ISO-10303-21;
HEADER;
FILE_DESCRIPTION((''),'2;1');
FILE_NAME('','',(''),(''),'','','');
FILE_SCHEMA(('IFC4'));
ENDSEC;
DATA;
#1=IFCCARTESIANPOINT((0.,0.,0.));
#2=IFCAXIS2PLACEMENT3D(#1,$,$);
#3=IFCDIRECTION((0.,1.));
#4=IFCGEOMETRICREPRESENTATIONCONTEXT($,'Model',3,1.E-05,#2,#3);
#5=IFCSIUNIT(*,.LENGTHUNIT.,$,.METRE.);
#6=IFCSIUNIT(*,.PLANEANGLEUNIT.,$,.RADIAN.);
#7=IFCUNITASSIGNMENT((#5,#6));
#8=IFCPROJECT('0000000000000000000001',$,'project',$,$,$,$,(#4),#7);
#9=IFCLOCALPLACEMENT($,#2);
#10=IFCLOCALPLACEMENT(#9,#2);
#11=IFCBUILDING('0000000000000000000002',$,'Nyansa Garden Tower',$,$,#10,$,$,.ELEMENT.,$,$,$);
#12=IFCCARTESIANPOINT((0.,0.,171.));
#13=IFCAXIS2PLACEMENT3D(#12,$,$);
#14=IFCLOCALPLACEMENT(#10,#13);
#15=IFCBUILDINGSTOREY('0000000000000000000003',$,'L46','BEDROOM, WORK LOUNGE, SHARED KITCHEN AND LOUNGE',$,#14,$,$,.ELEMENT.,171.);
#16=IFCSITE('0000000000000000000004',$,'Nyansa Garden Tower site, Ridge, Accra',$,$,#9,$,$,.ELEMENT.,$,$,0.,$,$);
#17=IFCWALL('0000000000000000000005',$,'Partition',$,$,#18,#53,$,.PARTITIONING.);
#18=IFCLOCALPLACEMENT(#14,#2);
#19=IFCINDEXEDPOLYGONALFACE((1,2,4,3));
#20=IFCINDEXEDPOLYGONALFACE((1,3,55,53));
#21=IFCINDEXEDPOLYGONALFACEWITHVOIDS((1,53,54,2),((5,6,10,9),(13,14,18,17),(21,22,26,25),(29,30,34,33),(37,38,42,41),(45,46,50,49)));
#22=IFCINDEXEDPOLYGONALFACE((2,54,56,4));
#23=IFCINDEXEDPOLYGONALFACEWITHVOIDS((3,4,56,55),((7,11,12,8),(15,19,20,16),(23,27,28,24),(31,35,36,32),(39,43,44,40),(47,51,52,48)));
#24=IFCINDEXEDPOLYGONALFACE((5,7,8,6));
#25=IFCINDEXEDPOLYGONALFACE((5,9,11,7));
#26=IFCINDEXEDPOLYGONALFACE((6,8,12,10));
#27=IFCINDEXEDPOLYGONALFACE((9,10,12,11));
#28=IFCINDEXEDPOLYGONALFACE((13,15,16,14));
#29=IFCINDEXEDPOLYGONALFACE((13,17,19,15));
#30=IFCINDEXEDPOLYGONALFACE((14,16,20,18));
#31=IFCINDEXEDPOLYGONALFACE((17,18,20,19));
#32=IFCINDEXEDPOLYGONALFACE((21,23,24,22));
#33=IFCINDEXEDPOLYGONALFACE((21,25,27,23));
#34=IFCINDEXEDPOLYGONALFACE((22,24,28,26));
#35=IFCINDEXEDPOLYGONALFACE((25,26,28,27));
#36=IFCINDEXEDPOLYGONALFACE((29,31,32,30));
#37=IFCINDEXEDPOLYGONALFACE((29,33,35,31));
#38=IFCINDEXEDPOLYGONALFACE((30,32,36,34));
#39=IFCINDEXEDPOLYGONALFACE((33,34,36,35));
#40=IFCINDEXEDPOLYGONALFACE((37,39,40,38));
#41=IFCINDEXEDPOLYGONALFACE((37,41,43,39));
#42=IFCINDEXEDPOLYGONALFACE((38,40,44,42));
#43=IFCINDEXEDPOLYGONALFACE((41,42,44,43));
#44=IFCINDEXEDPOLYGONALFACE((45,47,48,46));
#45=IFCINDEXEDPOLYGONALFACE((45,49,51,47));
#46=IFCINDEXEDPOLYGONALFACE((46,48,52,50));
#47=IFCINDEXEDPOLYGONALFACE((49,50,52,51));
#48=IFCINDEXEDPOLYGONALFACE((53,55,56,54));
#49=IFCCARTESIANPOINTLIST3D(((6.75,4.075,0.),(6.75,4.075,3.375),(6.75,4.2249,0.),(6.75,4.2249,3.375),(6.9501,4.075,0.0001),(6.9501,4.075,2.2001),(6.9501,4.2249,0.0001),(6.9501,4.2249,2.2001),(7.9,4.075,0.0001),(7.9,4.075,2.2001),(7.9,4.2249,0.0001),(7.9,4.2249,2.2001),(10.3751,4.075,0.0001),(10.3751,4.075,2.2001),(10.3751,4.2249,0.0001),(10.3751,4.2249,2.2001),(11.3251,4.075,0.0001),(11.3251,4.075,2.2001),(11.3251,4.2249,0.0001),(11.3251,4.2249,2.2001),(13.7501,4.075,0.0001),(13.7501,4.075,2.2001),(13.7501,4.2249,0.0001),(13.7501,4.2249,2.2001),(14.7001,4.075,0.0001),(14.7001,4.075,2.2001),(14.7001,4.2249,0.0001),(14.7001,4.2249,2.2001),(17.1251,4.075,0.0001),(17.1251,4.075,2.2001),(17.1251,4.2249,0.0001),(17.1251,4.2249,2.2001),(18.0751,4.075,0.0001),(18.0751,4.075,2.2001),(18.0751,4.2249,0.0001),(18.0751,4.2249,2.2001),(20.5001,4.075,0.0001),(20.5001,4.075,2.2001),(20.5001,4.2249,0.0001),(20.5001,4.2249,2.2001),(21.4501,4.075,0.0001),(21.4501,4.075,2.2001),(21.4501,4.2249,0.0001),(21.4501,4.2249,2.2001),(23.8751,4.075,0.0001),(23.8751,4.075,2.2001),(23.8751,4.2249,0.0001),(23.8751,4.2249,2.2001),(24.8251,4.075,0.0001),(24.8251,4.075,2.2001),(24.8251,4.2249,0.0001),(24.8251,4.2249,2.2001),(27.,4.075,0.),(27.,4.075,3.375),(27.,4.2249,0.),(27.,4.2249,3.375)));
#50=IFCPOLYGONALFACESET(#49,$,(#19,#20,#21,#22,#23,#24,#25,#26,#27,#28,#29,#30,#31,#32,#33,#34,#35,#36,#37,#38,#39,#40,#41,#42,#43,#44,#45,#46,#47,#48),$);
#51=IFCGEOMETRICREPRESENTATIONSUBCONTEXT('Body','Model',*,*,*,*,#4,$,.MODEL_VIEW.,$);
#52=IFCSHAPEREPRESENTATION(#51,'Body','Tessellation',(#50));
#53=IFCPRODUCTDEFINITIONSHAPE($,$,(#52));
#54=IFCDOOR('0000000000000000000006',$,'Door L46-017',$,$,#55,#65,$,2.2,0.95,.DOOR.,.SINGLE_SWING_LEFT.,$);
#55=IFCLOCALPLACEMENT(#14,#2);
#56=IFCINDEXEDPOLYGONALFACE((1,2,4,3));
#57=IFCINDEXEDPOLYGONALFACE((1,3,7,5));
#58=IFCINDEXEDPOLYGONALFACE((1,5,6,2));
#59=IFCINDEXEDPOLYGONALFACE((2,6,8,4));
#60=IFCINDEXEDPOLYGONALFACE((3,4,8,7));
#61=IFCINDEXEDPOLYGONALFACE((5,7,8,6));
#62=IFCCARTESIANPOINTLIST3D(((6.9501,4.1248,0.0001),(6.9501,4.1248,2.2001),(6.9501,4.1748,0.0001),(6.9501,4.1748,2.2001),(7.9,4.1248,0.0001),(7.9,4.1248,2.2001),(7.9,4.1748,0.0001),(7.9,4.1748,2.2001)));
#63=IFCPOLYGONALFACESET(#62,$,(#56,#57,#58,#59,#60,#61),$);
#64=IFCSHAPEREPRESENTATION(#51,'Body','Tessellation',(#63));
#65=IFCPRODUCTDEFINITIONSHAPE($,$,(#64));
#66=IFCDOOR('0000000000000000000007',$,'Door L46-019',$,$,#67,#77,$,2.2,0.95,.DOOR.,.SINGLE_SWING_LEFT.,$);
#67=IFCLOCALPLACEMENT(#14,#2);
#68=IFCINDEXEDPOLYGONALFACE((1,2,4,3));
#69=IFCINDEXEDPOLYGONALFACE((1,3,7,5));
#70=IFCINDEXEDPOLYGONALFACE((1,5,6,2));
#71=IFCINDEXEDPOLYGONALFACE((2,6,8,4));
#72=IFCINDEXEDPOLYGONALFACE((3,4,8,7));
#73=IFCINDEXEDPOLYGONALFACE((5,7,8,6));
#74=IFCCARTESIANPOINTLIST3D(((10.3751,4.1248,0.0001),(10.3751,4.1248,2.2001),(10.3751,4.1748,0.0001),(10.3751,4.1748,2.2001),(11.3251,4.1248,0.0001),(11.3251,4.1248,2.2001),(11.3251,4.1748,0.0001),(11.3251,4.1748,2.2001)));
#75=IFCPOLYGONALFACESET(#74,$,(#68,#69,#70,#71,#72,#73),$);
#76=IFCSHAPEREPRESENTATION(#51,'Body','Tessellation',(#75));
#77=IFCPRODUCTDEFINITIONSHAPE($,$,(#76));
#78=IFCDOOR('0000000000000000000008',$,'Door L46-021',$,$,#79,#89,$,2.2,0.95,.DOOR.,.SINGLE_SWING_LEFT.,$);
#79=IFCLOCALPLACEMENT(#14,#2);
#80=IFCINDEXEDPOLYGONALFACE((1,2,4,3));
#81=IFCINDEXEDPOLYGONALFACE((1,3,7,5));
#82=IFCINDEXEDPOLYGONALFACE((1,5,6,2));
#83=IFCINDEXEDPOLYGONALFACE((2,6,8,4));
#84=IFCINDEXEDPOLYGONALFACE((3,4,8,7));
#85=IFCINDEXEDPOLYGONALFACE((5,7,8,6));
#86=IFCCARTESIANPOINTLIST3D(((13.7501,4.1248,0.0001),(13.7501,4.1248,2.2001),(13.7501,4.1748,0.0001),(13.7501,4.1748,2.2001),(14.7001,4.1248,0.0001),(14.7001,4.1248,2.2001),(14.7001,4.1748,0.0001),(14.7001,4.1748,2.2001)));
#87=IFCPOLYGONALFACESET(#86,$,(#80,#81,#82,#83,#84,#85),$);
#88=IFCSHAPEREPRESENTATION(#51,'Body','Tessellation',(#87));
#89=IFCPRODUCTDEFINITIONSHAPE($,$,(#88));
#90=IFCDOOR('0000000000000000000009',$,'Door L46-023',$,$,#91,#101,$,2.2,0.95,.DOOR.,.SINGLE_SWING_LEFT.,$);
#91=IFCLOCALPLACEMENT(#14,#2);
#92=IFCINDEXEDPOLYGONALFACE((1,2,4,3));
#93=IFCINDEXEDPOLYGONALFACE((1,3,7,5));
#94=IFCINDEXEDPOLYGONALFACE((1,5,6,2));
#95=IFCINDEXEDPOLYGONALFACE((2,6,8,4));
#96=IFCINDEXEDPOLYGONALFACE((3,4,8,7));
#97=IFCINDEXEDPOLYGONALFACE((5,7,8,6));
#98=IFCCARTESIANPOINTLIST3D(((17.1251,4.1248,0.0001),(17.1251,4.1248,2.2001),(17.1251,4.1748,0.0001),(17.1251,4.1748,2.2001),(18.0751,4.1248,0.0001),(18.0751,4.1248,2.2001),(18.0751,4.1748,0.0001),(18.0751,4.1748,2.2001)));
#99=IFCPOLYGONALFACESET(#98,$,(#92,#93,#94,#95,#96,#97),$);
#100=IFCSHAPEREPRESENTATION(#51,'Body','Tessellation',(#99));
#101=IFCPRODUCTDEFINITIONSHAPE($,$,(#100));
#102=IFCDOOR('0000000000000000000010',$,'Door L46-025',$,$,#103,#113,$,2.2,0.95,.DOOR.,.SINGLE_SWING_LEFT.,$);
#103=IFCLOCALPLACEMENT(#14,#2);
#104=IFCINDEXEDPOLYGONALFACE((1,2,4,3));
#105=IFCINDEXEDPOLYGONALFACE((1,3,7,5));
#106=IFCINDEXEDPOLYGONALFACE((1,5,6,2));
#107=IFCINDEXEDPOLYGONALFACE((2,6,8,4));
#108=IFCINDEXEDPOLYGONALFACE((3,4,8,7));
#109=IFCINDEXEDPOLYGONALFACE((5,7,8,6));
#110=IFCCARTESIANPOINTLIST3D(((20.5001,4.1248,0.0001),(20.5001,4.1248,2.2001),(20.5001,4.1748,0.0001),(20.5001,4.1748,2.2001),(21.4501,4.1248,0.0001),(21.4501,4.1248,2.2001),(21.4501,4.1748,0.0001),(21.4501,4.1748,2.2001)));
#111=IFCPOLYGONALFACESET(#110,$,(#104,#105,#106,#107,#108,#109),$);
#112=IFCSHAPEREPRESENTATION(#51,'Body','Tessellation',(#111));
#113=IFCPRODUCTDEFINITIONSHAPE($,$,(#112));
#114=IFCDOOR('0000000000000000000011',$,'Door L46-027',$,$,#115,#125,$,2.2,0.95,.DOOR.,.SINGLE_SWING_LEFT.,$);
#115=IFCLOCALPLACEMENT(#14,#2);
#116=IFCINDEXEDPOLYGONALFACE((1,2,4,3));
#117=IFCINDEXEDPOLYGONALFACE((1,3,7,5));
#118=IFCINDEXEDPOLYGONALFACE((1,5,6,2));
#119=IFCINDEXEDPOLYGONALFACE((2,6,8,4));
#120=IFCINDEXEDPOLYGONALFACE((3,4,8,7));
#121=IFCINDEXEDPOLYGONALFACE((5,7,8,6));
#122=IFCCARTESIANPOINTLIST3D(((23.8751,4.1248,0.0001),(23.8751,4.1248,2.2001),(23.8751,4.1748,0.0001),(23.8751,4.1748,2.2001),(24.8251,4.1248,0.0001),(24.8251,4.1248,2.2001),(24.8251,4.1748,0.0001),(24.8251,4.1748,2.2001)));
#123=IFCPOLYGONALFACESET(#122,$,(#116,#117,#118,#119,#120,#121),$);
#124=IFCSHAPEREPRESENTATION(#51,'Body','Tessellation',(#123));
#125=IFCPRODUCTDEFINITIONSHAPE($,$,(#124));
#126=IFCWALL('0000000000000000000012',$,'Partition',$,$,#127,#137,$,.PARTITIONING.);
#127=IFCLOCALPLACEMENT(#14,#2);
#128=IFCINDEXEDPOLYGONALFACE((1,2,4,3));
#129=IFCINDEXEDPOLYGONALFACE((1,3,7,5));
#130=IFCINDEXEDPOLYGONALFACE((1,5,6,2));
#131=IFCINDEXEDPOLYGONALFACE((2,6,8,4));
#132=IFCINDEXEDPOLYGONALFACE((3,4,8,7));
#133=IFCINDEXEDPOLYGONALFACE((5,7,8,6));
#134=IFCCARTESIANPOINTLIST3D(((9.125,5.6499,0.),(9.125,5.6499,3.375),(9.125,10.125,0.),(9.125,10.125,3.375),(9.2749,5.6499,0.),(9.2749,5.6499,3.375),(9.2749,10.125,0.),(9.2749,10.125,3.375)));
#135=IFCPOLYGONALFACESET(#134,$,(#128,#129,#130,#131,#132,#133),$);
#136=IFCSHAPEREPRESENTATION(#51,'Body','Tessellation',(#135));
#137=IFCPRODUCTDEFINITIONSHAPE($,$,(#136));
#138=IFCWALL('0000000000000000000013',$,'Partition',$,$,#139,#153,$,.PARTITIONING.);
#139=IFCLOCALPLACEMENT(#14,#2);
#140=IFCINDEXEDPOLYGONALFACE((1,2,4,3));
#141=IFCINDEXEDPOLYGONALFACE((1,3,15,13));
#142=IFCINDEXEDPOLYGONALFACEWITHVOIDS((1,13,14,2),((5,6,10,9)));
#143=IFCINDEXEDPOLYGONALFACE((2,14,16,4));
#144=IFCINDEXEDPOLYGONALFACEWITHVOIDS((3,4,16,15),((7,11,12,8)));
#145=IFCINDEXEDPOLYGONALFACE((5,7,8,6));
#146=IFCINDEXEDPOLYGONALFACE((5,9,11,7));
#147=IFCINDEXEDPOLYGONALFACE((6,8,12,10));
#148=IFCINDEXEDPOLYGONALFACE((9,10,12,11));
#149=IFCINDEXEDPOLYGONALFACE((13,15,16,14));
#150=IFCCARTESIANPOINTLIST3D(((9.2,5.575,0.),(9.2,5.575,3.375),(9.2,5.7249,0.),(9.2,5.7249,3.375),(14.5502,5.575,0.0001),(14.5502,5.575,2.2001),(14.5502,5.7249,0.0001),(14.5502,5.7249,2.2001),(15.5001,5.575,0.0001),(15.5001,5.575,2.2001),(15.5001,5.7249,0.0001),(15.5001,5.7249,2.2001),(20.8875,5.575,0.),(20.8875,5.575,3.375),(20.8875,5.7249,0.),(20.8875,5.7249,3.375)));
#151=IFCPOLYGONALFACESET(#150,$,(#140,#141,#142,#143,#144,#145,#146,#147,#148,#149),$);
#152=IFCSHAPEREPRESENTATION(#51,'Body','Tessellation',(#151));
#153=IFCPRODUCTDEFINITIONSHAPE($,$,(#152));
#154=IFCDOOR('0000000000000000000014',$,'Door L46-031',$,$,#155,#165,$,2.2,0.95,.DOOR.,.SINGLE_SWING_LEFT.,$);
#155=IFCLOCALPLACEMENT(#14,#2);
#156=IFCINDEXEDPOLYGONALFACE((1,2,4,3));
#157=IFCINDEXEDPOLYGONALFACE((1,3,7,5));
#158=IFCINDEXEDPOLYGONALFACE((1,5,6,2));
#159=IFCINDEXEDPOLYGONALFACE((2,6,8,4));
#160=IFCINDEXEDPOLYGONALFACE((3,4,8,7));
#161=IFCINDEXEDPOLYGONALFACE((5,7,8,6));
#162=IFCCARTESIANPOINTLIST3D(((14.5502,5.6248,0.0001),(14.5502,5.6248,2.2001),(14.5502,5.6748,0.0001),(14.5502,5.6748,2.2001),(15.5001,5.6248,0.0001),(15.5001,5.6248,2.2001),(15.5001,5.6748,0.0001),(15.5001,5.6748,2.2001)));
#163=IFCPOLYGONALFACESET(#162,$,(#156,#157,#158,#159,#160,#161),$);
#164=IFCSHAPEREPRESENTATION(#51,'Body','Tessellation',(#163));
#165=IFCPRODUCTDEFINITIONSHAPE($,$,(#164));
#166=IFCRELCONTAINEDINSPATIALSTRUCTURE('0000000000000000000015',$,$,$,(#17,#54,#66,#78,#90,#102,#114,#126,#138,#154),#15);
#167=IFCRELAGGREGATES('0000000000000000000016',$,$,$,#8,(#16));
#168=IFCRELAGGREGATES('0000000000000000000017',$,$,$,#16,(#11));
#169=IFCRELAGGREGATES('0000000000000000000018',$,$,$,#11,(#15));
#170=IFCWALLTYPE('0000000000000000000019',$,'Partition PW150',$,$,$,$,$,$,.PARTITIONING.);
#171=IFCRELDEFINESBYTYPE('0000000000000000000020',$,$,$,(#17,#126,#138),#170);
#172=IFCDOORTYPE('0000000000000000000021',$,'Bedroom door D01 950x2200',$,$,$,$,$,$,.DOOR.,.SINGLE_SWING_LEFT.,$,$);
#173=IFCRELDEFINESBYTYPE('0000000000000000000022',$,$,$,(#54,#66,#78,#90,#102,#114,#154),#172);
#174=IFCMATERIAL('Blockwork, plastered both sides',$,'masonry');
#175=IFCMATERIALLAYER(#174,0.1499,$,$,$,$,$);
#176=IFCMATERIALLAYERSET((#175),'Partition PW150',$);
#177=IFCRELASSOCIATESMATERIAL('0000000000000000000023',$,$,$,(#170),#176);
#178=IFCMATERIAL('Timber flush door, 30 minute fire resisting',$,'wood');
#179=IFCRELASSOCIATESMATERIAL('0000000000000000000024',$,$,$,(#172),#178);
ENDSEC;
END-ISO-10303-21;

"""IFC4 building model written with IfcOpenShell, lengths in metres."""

from ifc_helpers import new_model, si_unit, direction, frame, frame_2d, origin, place, context, subcontext, project, spatial, rectangle, extrude, material, layer, layer_set, type_object, element, fill, save


model = new_model("IFC4")

# Units and contexts
model_context = context("Model", 3, precision=1e-05, world=origin(), true_north=direction((0.0, 1.0)))
body_context = subcontext(model_context, "Body", "Model", "MODEL_VIEW")
ifc_project = project(units=[si_unit("LENGTHUNIT", "METRE"), si_unit("PLANEANGLEUNIT", "RADIAN")], contexts=[model_context])

# Site, building, storey
site_placement = place(None, origin())
site = spatial("IfcSite", under=ifc_project, at=site_placement, Name="Nyansa Garden Tower site, Ridge, Accra", CompositionType="ELEMENT", RefElevation=0.0)
building_placement = place(site_placement, origin())
building = spatial("IfcBuilding", under=site, at=building_placement, Name="Nyansa Garden Tower", CompositionType="ELEMENT")
storey_placement = place(building_placement, frame((0.0, 0.0, 171.0)))
storey = spatial("IfcBuildingStorey", under=building, at=storey_placement, Name="L46", Description="BEDROOM, WORK LOUNGE, SHARED KITCHEN AND LOUNGE", CompositionType="ELEMENT", Elevation=171.0)

# Shared definitions
ifc_material_1 = material(Name="Blockwork, plastered both sides", Category="masonry")
ifc_layer_1 = layer(ifc_material_1, 0.1499)
ifc_layer_set_1 = layer_set([ifc_layer_1], Name="Partition PW150")
wall_type_1 = type_object("IfcWallType", Name="Partition PW150", PredefinedType="PARTITIONING", material=ifc_layer_set_1)

# Wall, openings, doors
wall_1_placement = place(storey_placement, frame((6.75, 4.1499, 0.0), z_axis=(0.0, 0.0, 1.0), x_axis=(1.0, 0.0, 0.0)))
wall_1 = element("IfcWall", 1, at=wall_1_placement, inside=storey, type_object=wall_type_1, Name="Partition", PredefinedType="PARTITIONING", context=body_context, shape_type="SweptSolid", body=[
    extrude(rectangle(XDim=20.25, YDim=0.1499, at=frame_2d((10.125, 0.0))), origin(), (0.0, 0.0, 1.0), 3.375),
])
opening_1_placement = place(wall_1_placement, frame((0.2, 0.0, 0.0)))
opening_1 = element("IfcOpeningElement", 2, at=opening_1_placement, cuts=wall_1, PredefinedType="OPENING", context=body_context, shape_type="SweptSolid", body=[
    extrude(rectangle(XDim=0.95, YDim=2.2, at=frame_2d((0.4751, 1.1001))), frame((0.0, 0.085, 0.0), z_axis=(0.0, -1.0, 0.0), x_axis=(1.0, 0.0, 0.0)), (0.0, 0.0, 1.0), 0.1699),
])
opening_2_placement = place(wall_1_placement, frame((3.625, 0.0, 0.0)))
opening_2 = element("IfcOpeningElement", 3, at=opening_2_placement, cuts=wall_1, PredefinedType="OPENING", context=body_context, shape_type="SweptSolid", body=[
    extrude(rectangle(XDim=0.95, YDim=2.2, at=frame_2d((0.4751, 1.1001))), frame((0.0, 0.085, 0.0), z_axis=(0.0, -1.0, 0.0), x_axis=(1.0, 0.0, 0.0)), (0.0, 0.0, 1.0), 0.1699),
])
opening_3_placement = place(wall_1_placement, frame((7.0, 0.0, 0.0)))
opening_3 = element("IfcOpeningElement", 4, at=opening_3_placement, cuts=wall_1, PredefinedType="OPENING", context=body_context, shape_type="SweptSolid", body=[
    extrude(rectangle(XDim=0.95, YDim=2.2, at=frame_2d((0.4751, 1.1001))), frame((0.0, 0.085, 0.0), z_axis=(0.0, -1.0, 0.0), x_axis=(1.0, 0.0, 0.0)), (0.0, 0.0, 1.0), 0.1699),
])
opening_4_placement = place(wall_1_placement, frame((10.375, 0.0, 0.0)))
opening_4 = element("IfcOpeningElement", 5, at=opening_4_placement, cuts=wall_1, PredefinedType="OPENING", context=body_context, shape_type="SweptSolid", body=[
    extrude(rectangle(XDim=0.95, YDim=2.2, at=frame_2d((0.4751, 1.1001))), frame((0.0, 0.085, 0.0), z_axis=(0.0, -1.0, 0.0), x_axis=(1.0, 0.0, 0.0)), (0.0, 0.0, 1.0), 0.1699),
])
opening_5_placement = place(wall_1_placement, frame((13.75, 0.0, 0.0)))
opening_5 = element("IfcOpeningElement", 6, at=opening_5_placement, cuts=wall_1, PredefinedType="OPENING", context=body_context, shape_type="SweptSolid", body=[
    extrude(rectangle(XDim=0.95, YDim=2.2, at=frame_2d((0.4751, 1.1001))), frame((0.0, 0.085, 0.0), z_axis=(0.0, -1.0, 0.0), x_axis=(1.0, 0.0, 0.0)), (0.0, 0.0, 1.0), 0.1699),
])
opening_6_placement = place(wall_1_placement, frame((17.125, 0.0, 0.0)))
opening_6 = element("IfcOpeningElement", 7, at=opening_6_placement, cuts=wall_1, PredefinedType="OPENING", context=body_context, shape_type="SweptSolid", body=[
    extrude(rectangle(XDim=0.95, YDim=2.2, at=frame_2d((0.4751, 1.1001))), frame((0.0, 0.085, 0.0), z_axis=(0.0, -1.0, 0.0), x_axis=(1.0, 0.0, 0.0)), (0.0, 0.0, 1.0), 0.1699),
])
ifc_material_2 = material(Name="Timber flush door, 30 minute fire resisting", Category="wood")
door_type_1 = type_object("IfcDoorType", Name="Bedroom door D01 950x2200", OperationType="SINGLE_SWING_LEFT", PredefinedType="DOOR", material=ifc_material_2)
door_1_placement = place(opening_1_placement, origin())
door_1 = element("IfcDoor", 8, at=door_1_placement, inside=storey, type_object=door_type_1, Name="Door L46-017", OperationType="SINGLE_SWING_LEFT", OverallHeight=2.2, OverallWidth=0.95, PredefinedType="DOOR", context=body_context, shape_type="SweptSolid", body=[
    extrude(rectangle(XDim=0.95, YDim=2.2, at=frame_2d((0.4751, 1.1001))), frame((0.0, 0.0249, 0.0), z_axis=(0.0, -1.0, 0.0), x_axis=(1.0, 0.0, 0.0)), (0.0, 0.0, 1.0), 0.05),
])
fill(opening_1, door_1)
door_2_placement = place(opening_2_placement, origin())
door_2 = element("IfcDoor", 9, at=door_2_placement, inside=storey, type_object=door_type_1, Name="Door L46-019", OperationType="SINGLE_SWING_LEFT", OverallHeight=2.2, OverallWidth=0.95, PredefinedType="DOOR", context=body_context, shape_type="SweptSolid", body=[
    extrude(rectangle(XDim=0.95, YDim=2.2, at=frame_2d((0.4751, 1.1001))), frame((0.0, 0.0249, 0.0), z_axis=(0.0, -1.0, 0.0), x_axis=(1.0, 0.0, 0.0)), (0.0, 0.0, 1.0), 0.05),
])
fill(opening_2, door_2)
door_3_placement = place(opening_3_placement, origin())
door_3 = element("IfcDoor", 10, at=door_3_placement, inside=storey, type_object=door_type_1, Name="Door L46-021", OperationType="SINGLE_SWING_LEFT", OverallHeight=2.2, OverallWidth=0.95, PredefinedType="DOOR", context=body_context, shape_type="SweptSolid", body=[
    extrude(rectangle(XDim=0.95, YDim=2.2, at=frame_2d((0.4751, 1.1001))), frame((0.0, 0.0249, 0.0), z_axis=(0.0, -1.0, 0.0), x_axis=(1.0, 0.0, 0.0)), (0.0, 0.0, 1.0), 0.05),
])
fill(opening_3, door_3)
door_4_placement = place(opening_4_placement, origin())
door_4 = element("IfcDoor", 11, at=door_4_placement, inside=storey, type_object=door_type_1, Name="Door L46-023", OperationType="SINGLE_SWING_LEFT", OverallHeight=2.2, OverallWidth=0.95, PredefinedType="DOOR", context=body_context, shape_type="SweptSolid", body=[
    extrude(rectangle(XDim=0.95, YDim=2.2, at=frame_2d((0.4751, 1.1001))), frame((0.0, 0.0249, 0.0), z_axis=(0.0, -1.0, 0.0), x_axis=(1.0, 0.0, 0.0)), (0.0, 0.0, 1.0), 0.05),
])
fill(opening_4, door_4)
door_5_placement = place(opening_5_placement, origin())
door_5 = element("IfcDoor", 12, at=door_5_placement, inside=storey, type_object=door_type_1, Name="Door L46-025", OperationType="SINGLE_SWING_LEFT", OverallHeight=2.2, OverallWidth=0.95, PredefinedType="DOOR", context=body_context, shape_type="SweptSolid", body=[
    extrude(rectangle(XDim=0.95, YDim=2.2, at=frame_2d((0.4751, 1.1001))), frame((0.0, 0.0249, 0.0), z_axis=(0.0, -1.0, 0.0), x_axis=(1.0, 0.0, 0.0)), (0.0, 0.0, 1.0), 0.05),
])
fill(opening_5, door_5)
door_6_placement = place(opening_6_placement, origin())
door_6 = element("IfcDoor", 13, at=door_6_placement, inside=storey, type_object=door_type_1, Name="Door L46-027", OperationType="SINGLE_SWING_LEFT", OverallHeight=2.2, OverallWidth=0.95, PredefinedType="DOOR", context=body_context, shape_type="SweptSolid", body=[
    extrude(rectangle(XDim=0.95, YDim=2.2, at=frame_2d((0.4751, 1.1001))), frame((0.0, 0.0249, 0.0), z_axis=(0.0, -1.0, 0.0), x_axis=(1.0, 0.0, 0.0)), (0.0, 0.0, 1.0), 0.05),
])
fill(opening_6, door_6)

# Wall
wall_2_placement = place(storey_placement, frame((9.2, 5.6499, 0.0), z_axis=(0.0, 0.0, 1.0), x_axis=(0.0, 1.0, 0.0)))
element("IfcWall", 14, at=wall_2_placement, inside=storey, type_object=wall_type_1, Name="Partition", PredefinedType="PARTITIONING", context=body_context, shape_type="SweptSolid", body=[
    extrude(rectangle(XDim=4.4751, YDim=0.1499, at=frame_2d((2.2375, 0.0))), origin(), (0.0, 0.0, 1.0), 3.375),
])

# Wall, opening, door
wall_3_placement = place(storey_placement, frame((9.2, 5.6499, 0.0), z_axis=(0.0, 0.0, 1.0), x_axis=(1.0, 0.0, 0.0)))
wall_3 = element("IfcWall", 15, at=wall_3_placement, inside=storey, type_object=wall_type_1, Name="Partition", PredefinedType="PARTITIONING", context=body_context, shape_type="SweptSolid", body=[
    extrude(rectangle(XDim=11.6875, YDim=0.1499, at=frame_2d((5.8438, 0.0))), origin(), (0.0, 0.0, 1.0), 3.375),
])
opening_7_placement = place(wall_3_placement, frame((5.3501, 0.0, 0.0)))
opening_7 = element("IfcOpeningElement", 16, at=opening_7_placement, cuts=wall_3, PredefinedType="OPENING", context=body_context, shape_type="SweptSolid", body=[
    extrude(rectangle(XDim=0.95, YDim=2.2, at=frame_2d((0.4751, 1.1001))), frame((0.0, 0.085, 0.0), z_axis=(0.0, -1.0, 0.0), x_axis=(1.0, 0.0, 0.0)), (0.0, 0.0, 1.0), 0.1699),
])
door_7_placement = place(opening_7_placement, origin())
door_7 = element("IfcDoor", 17, at=door_7_placement, inside=storey, type_object=door_type_1, Name="Door L46-031", OperationType="SINGLE_SWING_LEFT", OverallHeight=2.2, OverallWidth=0.95, PredefinedType="DOOR", context=body_context, shape_type="SweptSolid", body=[
    extrude(rectangle(XDim=0.95, YDim=2.2, at=frame_2d((0.4751, 1.1001))), frame((0.0, 0.0249, 0.0), z_axis=(0.0, -1.0, 0.0), x_axis=(1.0, 0.0, 0.0)), (0.0, 0.0, 1.0), 0.05),
])
fill(opening_7, door_7)

save(model, "model.ifc")
